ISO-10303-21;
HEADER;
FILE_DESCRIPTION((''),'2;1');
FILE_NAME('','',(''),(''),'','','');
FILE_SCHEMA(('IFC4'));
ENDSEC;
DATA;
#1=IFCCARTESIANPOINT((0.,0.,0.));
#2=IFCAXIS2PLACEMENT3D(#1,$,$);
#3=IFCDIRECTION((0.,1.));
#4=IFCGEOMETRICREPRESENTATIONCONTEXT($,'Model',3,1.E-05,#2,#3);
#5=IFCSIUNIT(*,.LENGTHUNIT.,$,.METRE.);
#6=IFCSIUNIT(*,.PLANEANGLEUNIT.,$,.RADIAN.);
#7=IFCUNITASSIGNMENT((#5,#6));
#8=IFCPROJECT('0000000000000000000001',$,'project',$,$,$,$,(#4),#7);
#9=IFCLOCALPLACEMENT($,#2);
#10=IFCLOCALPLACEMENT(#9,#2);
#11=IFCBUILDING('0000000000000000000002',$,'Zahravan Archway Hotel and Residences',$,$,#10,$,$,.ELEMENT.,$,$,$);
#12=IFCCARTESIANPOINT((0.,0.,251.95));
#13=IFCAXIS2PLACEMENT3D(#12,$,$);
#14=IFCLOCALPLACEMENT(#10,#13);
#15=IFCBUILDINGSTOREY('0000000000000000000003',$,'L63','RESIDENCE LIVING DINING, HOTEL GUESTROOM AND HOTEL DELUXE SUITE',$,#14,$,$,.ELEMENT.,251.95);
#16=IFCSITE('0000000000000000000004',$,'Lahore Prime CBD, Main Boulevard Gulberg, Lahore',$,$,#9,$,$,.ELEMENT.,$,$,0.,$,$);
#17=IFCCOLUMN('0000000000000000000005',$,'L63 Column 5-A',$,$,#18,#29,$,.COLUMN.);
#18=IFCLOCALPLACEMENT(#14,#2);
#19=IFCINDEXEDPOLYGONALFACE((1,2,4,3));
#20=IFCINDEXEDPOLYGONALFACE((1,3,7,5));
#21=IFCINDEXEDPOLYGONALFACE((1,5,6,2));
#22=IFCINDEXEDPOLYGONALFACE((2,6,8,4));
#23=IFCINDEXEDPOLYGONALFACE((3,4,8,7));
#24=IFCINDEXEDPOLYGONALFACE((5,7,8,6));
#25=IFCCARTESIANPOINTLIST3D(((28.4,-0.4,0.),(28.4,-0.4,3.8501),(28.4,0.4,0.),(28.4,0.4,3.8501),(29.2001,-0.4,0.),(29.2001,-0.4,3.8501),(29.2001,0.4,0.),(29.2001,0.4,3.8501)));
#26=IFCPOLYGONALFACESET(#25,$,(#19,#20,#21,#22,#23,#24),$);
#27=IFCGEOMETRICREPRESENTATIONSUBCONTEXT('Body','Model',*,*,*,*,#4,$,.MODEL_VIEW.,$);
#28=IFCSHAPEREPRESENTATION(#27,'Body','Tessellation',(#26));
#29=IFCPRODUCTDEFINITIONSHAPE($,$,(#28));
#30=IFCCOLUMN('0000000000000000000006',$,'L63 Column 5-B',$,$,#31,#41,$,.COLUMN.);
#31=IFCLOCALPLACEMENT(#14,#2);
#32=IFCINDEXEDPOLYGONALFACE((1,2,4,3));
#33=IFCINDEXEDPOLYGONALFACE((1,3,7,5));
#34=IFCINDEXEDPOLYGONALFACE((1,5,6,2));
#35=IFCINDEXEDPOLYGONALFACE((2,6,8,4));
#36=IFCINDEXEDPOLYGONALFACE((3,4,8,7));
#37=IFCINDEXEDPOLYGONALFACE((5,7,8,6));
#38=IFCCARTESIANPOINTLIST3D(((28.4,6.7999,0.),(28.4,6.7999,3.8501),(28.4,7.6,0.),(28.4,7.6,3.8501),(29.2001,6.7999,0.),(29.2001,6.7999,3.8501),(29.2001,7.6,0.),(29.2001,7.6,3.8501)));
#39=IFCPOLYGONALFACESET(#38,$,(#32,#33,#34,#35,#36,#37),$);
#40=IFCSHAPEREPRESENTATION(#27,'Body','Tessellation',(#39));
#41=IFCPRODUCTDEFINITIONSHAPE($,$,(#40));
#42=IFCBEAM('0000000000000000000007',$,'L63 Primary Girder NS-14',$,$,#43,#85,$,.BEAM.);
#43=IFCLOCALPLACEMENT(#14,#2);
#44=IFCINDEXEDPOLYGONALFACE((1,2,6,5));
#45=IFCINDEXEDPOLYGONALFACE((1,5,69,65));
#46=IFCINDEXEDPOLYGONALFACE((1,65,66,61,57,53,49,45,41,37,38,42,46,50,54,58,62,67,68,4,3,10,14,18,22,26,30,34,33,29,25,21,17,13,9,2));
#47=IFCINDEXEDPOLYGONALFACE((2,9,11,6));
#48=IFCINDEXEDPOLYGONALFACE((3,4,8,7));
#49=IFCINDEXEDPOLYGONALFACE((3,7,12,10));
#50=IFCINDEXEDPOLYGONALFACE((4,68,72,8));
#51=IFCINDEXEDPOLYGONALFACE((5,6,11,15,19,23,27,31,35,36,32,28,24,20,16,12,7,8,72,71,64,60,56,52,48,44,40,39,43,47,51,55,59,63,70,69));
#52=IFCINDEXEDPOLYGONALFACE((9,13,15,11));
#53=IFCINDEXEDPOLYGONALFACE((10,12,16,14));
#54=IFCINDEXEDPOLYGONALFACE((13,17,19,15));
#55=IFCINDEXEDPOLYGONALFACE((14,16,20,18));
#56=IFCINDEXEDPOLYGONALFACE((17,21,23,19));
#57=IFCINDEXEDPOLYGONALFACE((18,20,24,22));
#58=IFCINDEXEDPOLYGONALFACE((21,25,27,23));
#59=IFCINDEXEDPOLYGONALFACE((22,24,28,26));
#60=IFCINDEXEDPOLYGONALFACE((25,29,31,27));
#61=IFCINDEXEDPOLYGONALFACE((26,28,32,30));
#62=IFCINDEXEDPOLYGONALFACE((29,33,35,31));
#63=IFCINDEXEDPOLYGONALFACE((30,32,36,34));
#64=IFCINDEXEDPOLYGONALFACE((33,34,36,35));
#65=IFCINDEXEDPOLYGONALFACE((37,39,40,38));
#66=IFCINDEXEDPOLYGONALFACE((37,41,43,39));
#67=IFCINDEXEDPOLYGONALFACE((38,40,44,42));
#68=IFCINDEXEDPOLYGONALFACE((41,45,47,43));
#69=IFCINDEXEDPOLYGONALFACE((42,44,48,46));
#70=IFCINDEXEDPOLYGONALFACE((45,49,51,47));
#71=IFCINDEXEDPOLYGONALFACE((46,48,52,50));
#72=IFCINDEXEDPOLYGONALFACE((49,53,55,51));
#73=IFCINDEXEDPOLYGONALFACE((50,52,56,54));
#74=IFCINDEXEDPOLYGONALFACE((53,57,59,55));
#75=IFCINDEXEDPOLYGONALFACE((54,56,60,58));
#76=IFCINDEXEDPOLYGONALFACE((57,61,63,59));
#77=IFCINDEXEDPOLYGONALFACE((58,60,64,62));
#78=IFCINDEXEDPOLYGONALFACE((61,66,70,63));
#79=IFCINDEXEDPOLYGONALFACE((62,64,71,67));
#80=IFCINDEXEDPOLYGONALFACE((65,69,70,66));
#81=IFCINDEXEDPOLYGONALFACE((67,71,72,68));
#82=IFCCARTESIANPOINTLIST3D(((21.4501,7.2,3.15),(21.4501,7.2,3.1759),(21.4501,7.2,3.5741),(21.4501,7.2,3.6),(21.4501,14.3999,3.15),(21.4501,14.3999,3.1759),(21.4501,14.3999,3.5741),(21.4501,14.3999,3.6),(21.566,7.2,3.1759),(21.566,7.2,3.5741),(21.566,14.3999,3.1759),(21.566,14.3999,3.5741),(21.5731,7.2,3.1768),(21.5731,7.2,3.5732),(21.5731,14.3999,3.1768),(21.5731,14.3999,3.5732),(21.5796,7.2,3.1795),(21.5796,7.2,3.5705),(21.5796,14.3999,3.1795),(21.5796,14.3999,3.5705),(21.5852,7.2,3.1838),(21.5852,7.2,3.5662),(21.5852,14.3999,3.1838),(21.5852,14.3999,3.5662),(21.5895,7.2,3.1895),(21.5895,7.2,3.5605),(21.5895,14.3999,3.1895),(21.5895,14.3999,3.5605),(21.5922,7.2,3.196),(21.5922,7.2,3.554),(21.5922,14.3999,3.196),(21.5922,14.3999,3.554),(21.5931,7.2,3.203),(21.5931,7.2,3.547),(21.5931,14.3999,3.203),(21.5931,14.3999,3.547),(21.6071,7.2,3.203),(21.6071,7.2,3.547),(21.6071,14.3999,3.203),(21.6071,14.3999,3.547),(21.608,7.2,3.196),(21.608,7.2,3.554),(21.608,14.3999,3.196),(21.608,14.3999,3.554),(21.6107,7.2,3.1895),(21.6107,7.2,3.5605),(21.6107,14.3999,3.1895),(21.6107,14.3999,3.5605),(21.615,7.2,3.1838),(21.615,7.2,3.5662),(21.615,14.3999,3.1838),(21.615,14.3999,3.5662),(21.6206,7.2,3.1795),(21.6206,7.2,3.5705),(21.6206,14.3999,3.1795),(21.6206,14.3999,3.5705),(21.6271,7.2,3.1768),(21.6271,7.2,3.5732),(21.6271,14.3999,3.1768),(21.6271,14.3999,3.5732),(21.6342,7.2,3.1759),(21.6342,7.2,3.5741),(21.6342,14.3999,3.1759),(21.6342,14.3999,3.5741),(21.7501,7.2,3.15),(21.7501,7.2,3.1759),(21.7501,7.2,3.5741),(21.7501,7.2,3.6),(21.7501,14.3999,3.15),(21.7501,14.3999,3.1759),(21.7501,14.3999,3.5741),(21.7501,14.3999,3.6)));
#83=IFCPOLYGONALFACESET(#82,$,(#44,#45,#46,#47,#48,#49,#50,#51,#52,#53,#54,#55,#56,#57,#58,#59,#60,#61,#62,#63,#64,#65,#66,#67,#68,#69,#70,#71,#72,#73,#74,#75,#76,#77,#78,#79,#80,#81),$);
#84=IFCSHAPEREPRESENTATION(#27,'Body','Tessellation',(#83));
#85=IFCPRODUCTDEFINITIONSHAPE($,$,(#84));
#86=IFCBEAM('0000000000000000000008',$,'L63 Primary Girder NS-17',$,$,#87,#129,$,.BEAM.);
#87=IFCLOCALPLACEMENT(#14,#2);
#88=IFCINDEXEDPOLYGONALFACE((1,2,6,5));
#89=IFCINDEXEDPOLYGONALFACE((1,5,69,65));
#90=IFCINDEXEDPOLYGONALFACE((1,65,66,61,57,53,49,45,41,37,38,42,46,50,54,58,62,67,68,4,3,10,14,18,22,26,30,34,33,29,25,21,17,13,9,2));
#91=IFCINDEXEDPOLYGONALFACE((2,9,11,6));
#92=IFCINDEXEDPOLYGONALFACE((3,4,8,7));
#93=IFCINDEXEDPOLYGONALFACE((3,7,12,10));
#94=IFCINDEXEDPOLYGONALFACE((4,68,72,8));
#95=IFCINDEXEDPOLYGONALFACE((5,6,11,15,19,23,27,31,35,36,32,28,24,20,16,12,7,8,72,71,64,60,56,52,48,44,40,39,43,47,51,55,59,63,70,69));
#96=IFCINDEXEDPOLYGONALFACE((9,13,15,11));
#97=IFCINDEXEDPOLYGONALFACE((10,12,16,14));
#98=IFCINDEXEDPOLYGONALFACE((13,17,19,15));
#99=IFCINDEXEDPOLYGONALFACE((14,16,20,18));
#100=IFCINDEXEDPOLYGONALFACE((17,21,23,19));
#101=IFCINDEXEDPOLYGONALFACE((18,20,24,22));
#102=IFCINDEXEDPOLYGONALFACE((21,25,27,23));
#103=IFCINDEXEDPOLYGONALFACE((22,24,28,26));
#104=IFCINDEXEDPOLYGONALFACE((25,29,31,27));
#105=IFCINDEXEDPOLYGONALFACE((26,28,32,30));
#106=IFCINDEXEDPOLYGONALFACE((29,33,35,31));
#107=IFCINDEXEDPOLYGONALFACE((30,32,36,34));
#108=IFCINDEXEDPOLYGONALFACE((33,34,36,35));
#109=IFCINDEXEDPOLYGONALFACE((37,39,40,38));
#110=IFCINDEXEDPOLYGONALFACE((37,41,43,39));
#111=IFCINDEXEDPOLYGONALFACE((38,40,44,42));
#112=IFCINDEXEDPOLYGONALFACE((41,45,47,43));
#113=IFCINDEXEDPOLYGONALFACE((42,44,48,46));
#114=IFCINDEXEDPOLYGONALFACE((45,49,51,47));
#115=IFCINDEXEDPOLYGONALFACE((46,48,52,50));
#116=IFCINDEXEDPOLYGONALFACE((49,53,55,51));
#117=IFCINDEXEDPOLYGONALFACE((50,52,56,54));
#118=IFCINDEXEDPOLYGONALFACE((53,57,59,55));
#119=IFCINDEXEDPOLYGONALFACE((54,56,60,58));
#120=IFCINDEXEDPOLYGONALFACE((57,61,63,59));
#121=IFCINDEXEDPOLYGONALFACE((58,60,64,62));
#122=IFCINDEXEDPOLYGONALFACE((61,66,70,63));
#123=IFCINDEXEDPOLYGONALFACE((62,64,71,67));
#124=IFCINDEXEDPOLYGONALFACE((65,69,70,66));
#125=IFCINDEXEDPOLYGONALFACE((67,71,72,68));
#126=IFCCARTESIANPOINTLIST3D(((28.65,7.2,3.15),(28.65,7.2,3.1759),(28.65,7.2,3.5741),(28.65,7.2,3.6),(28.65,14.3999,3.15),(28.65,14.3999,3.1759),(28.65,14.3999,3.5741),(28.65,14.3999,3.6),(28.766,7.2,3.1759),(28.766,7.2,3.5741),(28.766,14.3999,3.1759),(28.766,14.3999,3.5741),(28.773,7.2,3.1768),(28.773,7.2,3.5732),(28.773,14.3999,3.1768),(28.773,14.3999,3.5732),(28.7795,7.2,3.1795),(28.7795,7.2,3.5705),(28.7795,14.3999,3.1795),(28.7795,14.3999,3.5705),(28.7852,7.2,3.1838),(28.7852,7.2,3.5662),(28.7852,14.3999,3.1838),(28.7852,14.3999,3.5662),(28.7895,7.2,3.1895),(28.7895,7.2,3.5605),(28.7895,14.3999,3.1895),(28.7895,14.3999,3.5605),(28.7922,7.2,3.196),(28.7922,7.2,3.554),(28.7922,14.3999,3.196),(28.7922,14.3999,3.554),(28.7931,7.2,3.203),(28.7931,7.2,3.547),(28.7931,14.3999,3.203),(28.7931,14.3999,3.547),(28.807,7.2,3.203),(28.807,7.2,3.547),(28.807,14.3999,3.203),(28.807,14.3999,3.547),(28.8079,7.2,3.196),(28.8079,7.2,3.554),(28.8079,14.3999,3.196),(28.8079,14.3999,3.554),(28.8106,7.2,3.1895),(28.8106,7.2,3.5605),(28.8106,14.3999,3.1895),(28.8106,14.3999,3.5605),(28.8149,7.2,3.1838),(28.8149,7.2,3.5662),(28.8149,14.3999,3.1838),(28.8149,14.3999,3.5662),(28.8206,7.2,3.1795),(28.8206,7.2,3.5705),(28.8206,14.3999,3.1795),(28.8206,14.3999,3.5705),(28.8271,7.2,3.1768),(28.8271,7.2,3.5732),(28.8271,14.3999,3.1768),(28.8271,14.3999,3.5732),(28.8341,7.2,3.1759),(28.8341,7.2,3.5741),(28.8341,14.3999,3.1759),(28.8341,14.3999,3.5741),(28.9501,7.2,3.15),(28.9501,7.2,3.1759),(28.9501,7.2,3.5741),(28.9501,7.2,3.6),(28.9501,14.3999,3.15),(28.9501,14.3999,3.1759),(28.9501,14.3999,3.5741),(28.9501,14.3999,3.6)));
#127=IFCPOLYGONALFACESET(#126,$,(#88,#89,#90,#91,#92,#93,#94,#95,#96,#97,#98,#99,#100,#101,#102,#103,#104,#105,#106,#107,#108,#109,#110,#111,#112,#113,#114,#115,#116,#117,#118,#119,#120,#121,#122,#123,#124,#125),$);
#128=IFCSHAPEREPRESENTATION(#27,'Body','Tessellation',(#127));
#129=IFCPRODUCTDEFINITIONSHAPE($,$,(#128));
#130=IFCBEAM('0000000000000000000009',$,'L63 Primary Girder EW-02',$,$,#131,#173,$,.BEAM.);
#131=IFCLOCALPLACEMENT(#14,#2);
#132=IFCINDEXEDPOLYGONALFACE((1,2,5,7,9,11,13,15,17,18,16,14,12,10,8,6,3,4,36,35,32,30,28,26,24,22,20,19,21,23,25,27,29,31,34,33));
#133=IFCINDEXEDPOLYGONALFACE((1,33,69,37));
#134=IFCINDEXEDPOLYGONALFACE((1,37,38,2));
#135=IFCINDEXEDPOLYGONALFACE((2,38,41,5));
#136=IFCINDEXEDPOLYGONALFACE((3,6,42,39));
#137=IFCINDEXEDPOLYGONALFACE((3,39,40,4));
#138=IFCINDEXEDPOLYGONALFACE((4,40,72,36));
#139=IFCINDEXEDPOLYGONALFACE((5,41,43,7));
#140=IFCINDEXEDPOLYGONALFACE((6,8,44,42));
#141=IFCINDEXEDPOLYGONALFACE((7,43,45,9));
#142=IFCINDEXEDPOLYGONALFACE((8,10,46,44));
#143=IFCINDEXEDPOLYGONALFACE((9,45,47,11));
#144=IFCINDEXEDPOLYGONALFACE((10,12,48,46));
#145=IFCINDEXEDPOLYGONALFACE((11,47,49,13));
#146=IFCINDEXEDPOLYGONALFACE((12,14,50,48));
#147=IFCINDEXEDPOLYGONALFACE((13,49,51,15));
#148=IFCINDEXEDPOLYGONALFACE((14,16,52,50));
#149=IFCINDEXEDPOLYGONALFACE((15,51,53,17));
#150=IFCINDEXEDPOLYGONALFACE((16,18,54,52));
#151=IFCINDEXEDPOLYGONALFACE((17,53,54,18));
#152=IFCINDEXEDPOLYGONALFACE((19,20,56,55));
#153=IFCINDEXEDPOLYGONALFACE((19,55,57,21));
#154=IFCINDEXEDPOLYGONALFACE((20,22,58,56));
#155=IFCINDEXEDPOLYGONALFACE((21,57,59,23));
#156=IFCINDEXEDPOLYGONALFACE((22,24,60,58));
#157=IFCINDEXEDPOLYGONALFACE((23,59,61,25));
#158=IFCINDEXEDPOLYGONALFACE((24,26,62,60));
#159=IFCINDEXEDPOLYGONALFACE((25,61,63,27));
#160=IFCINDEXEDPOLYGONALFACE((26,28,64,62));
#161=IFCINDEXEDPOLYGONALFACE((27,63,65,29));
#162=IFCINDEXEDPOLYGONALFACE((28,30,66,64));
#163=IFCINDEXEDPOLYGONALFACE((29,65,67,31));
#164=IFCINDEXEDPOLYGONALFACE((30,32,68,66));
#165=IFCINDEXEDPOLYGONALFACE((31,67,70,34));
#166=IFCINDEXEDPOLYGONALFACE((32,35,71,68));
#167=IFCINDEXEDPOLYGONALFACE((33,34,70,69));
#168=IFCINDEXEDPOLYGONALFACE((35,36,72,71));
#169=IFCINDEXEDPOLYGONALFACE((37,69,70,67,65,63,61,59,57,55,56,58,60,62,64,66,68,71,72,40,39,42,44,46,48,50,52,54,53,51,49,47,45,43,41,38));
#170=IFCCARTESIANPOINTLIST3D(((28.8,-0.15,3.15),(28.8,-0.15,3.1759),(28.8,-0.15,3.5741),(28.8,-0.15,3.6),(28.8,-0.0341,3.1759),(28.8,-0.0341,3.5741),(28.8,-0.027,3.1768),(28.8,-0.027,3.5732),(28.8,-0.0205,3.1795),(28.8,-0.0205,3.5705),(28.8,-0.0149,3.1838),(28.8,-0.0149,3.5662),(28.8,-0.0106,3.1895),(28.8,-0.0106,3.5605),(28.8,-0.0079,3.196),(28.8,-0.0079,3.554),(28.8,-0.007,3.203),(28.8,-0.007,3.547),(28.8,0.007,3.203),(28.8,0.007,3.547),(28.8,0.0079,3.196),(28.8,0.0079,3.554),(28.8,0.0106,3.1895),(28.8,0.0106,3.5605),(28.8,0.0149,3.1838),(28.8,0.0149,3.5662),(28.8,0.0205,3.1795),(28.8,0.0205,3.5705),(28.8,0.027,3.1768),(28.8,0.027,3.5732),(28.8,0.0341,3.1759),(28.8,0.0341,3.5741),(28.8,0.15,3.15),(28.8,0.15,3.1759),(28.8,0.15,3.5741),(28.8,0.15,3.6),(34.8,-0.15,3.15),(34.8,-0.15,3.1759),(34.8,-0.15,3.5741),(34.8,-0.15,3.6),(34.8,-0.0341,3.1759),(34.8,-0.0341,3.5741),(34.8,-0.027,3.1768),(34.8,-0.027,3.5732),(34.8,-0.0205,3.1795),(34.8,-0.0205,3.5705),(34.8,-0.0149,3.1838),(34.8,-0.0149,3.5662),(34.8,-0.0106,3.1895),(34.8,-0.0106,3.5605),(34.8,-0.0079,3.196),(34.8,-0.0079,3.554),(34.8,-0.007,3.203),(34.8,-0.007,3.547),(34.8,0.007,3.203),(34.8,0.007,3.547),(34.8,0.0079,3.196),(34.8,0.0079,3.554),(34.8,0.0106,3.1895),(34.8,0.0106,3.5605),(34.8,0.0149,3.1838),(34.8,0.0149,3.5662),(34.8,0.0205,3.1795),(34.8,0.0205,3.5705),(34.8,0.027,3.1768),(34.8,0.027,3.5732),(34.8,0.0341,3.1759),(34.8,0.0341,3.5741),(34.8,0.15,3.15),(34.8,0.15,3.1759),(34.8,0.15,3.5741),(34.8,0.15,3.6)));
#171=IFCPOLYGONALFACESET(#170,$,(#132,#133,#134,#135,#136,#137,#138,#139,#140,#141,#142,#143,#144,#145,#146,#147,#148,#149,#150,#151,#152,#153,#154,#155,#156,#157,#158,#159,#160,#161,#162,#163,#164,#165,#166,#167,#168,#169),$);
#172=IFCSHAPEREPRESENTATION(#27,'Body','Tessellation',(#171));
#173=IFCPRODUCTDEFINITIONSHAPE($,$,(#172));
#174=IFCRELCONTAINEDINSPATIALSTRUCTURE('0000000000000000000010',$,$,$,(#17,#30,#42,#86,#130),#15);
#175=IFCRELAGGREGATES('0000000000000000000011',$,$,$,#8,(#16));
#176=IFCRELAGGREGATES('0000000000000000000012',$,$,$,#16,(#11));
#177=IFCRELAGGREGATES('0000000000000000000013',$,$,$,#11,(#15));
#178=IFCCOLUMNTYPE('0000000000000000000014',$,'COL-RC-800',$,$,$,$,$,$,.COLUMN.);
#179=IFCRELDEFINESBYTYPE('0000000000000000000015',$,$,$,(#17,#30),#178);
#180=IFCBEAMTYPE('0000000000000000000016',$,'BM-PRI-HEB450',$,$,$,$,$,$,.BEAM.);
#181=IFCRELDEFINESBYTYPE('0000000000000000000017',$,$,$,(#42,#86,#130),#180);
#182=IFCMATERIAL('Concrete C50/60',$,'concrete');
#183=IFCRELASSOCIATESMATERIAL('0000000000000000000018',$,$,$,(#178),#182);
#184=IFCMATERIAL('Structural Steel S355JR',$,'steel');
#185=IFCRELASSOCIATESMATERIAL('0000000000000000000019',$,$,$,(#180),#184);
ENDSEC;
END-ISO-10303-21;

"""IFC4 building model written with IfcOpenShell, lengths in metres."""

from ifc_helpers import new_model, si_unit, direction, frame, origin, origin_2d, place, context, subcontext, project, spatial, rectangle, i_section, extrude, source, transform, mapped, material, material_profile, profile_set, type_object, element, save


model = new_model("IFC4")

# Units and contexts
model_context = context("Model", 3, precision=1e-05, world=origin(), true_north=direction((0.0, 1.0)))
body_context = subcontext(model_context, "Body", "Model", "MODEL_VIEW")
ifc_project = project(units=[si_unit("LENGTHUNIT", "METRE"), si_unit("PLANEANGLEUNIT", "RADIAN")], contexts=[model_context])

# Site, building, storey
site_placement = place(None, origin())
site = spatial("IfcSite", under=ifc_project, at=site_placement, Name="Lahore Prime CBD, Main Boulevard Gulberg, Lahore", CompositionType="ELEMENT", RefElevation=0.0)
building_placement = place(site_placement, origin())
building = spatial("IfcBuilding", under=site, at=building_placement, Name="Zahravan Archway Hotel and Residences", CompositionType="ELEMENT")
storey_placement = place(building_placement, frame((0.0, 0.0, 251.95)))
storey = spatial("IfcBuildingStorey", under=building, at=storey_placement, Name="L63", Description="RESIDENCE LIVING DINING, HOTEL GUESTROOM AND HOTEL DELUXE SUITE", CompositionType="ELEMENT", Elevation=251.95)

# Columns
ifc_material_1 = material(Name="Concrete C50/60", Category="concrete")
ifc_material_profile_1 = material_profile(ifc_material_1, rectangle(XDim=0.8, YDim=0.8, at=origin_2d()), Name="RC-COL-800x800", Category="concrete")
ifc_profile_set_1 = profile_set([ifc_material_profile_1], Name="Concrete C50/60")
column_type = type_object("IfcColumnType", Name="COL-RC-800", PredefinedType="COLUMN", material=ifc_profile_set_1)
shared_shape_1 = source(origin(), body_context, "Body", "SweptSolid", [
    extrude(rectangle(XDim=0.8, YDim=0.8, at=origin_2d()), origin(), (0.0, 0.0, 1.0), 3.8501),
])
for number, where, z_axis, x_axis, name in (
    (1, (28.8, 0.0, 0.0), (0.0, 0.0, 1.0), (1.0, 0.0, 0.0), "L63 Column 5-A"),
    (2, (28.8, 7.2, 0.0), (0.0, 0.0, 1.0), (1.0, 0.0, 0.0), "L63 Column 5-B"),
):
    element("IfcColumn", number, at=place(storey_placement, frame(where, z_axis=z_axis, x_axis=x_axis)), inside=storey, type_object=column_type, Name=name, PredefinedType="COLUMN", context=body_context, shape_type="MappedRepresentation", body=[
        mapped(shared_shape_1, transform((0.0, 0.0, 0.0), scale=1.0)),
    ])

# Beams
ifc_material_2 = material(Name="Structural Steel S355JR", Category="steel")
ifc_material_profile_2 = material_profile(ifc_material_2, i_section(OverallWidth=0.3, OverallDepth=0.45, WebThickness=0.0139, FlangeThickness=0.0259, FilletRadius=0.0271, at=origin_2d()), Name="HEB 450", Category="steel")
ifc_profile_set_2 = profile_set([ifc_material_profile_2], Name="Structural Steel S355JR")
beam_type_1 = type_object("IfcBeamType", Name="BM-PRI-HEB450", PredefinedType="BEAM", material=ifc_profile_set_2)
shared_shape_2 = source(origin(), body_context, "Body", "SweptSolid", [
    extrude(i_section(OverallWidth=0.3, OverallDepth=0.45, WebThickness=0.0139, FlangeThickness=0.0259, FilletRadius=0.0271, at=origin_2d()), origin(), (0.0, 0.0, 1.0), 7.2),
])
for number, where, z_axis, x_axis, name in (
    (3, (21.6001, 7.2, 3.375), (0.0, 1.0, 0.0), (-1.0, 0.0, 0.0), "L63 Primary Girder NS-14"),
    (4, (28.8, 7.2, 3.375), (0.0, 1.0, 0.0), (-1.0, 0.0, 0.0), "L63 Primary Girder NS-17"),
):
    element("IfcBeam", number, at=place(storey_placement, frame(where, z_axis=z_axis, x_axis=x_axis)), inside=storey, type_object=beam_type_1, Name=name, PredefinedType="BEAM", context=body_context, shape_type="MappedRepresentation", body=[
        mapped(shared_shape_2, transform((0.0, 0.0, 0.0), scale=1.0)),
    ])
shared_shape_3 = source(origin(), body_context, "Body", "SweptSolid", [
    extrude(i_section(OverallWidth=0.3, OverallDepth=0.45, WebThickness=0.0139, FlangeThickness=0.0259, FilletRadius=0.0271, at=origin_2d()), origin(), (0.0, 0.0, 1.0), 6.0),
])
for number, where, z_axis, x_axis, name in (
    (5, (28.8, 0.0, 3.375), (1.0, 0.0, 0.0), (0.0, 1.0, 0.0), "L63 Primary Girder EW-02"),
):
    element("IfcBeam", number, at=place(storey_placement, frame(where, z_axis=z_axis, x_axis=x_axis)), inside=storey, type_object=beam_type_1, Name=name, PredefinedType="BEAM", context=body_context, shape_type="MappedRepresentation", body=[
        mapped(shared_shape_3, transform((0.0, 0.0, 0.0), scale=1.0)),
    ])

save(model, "model.ifc")
